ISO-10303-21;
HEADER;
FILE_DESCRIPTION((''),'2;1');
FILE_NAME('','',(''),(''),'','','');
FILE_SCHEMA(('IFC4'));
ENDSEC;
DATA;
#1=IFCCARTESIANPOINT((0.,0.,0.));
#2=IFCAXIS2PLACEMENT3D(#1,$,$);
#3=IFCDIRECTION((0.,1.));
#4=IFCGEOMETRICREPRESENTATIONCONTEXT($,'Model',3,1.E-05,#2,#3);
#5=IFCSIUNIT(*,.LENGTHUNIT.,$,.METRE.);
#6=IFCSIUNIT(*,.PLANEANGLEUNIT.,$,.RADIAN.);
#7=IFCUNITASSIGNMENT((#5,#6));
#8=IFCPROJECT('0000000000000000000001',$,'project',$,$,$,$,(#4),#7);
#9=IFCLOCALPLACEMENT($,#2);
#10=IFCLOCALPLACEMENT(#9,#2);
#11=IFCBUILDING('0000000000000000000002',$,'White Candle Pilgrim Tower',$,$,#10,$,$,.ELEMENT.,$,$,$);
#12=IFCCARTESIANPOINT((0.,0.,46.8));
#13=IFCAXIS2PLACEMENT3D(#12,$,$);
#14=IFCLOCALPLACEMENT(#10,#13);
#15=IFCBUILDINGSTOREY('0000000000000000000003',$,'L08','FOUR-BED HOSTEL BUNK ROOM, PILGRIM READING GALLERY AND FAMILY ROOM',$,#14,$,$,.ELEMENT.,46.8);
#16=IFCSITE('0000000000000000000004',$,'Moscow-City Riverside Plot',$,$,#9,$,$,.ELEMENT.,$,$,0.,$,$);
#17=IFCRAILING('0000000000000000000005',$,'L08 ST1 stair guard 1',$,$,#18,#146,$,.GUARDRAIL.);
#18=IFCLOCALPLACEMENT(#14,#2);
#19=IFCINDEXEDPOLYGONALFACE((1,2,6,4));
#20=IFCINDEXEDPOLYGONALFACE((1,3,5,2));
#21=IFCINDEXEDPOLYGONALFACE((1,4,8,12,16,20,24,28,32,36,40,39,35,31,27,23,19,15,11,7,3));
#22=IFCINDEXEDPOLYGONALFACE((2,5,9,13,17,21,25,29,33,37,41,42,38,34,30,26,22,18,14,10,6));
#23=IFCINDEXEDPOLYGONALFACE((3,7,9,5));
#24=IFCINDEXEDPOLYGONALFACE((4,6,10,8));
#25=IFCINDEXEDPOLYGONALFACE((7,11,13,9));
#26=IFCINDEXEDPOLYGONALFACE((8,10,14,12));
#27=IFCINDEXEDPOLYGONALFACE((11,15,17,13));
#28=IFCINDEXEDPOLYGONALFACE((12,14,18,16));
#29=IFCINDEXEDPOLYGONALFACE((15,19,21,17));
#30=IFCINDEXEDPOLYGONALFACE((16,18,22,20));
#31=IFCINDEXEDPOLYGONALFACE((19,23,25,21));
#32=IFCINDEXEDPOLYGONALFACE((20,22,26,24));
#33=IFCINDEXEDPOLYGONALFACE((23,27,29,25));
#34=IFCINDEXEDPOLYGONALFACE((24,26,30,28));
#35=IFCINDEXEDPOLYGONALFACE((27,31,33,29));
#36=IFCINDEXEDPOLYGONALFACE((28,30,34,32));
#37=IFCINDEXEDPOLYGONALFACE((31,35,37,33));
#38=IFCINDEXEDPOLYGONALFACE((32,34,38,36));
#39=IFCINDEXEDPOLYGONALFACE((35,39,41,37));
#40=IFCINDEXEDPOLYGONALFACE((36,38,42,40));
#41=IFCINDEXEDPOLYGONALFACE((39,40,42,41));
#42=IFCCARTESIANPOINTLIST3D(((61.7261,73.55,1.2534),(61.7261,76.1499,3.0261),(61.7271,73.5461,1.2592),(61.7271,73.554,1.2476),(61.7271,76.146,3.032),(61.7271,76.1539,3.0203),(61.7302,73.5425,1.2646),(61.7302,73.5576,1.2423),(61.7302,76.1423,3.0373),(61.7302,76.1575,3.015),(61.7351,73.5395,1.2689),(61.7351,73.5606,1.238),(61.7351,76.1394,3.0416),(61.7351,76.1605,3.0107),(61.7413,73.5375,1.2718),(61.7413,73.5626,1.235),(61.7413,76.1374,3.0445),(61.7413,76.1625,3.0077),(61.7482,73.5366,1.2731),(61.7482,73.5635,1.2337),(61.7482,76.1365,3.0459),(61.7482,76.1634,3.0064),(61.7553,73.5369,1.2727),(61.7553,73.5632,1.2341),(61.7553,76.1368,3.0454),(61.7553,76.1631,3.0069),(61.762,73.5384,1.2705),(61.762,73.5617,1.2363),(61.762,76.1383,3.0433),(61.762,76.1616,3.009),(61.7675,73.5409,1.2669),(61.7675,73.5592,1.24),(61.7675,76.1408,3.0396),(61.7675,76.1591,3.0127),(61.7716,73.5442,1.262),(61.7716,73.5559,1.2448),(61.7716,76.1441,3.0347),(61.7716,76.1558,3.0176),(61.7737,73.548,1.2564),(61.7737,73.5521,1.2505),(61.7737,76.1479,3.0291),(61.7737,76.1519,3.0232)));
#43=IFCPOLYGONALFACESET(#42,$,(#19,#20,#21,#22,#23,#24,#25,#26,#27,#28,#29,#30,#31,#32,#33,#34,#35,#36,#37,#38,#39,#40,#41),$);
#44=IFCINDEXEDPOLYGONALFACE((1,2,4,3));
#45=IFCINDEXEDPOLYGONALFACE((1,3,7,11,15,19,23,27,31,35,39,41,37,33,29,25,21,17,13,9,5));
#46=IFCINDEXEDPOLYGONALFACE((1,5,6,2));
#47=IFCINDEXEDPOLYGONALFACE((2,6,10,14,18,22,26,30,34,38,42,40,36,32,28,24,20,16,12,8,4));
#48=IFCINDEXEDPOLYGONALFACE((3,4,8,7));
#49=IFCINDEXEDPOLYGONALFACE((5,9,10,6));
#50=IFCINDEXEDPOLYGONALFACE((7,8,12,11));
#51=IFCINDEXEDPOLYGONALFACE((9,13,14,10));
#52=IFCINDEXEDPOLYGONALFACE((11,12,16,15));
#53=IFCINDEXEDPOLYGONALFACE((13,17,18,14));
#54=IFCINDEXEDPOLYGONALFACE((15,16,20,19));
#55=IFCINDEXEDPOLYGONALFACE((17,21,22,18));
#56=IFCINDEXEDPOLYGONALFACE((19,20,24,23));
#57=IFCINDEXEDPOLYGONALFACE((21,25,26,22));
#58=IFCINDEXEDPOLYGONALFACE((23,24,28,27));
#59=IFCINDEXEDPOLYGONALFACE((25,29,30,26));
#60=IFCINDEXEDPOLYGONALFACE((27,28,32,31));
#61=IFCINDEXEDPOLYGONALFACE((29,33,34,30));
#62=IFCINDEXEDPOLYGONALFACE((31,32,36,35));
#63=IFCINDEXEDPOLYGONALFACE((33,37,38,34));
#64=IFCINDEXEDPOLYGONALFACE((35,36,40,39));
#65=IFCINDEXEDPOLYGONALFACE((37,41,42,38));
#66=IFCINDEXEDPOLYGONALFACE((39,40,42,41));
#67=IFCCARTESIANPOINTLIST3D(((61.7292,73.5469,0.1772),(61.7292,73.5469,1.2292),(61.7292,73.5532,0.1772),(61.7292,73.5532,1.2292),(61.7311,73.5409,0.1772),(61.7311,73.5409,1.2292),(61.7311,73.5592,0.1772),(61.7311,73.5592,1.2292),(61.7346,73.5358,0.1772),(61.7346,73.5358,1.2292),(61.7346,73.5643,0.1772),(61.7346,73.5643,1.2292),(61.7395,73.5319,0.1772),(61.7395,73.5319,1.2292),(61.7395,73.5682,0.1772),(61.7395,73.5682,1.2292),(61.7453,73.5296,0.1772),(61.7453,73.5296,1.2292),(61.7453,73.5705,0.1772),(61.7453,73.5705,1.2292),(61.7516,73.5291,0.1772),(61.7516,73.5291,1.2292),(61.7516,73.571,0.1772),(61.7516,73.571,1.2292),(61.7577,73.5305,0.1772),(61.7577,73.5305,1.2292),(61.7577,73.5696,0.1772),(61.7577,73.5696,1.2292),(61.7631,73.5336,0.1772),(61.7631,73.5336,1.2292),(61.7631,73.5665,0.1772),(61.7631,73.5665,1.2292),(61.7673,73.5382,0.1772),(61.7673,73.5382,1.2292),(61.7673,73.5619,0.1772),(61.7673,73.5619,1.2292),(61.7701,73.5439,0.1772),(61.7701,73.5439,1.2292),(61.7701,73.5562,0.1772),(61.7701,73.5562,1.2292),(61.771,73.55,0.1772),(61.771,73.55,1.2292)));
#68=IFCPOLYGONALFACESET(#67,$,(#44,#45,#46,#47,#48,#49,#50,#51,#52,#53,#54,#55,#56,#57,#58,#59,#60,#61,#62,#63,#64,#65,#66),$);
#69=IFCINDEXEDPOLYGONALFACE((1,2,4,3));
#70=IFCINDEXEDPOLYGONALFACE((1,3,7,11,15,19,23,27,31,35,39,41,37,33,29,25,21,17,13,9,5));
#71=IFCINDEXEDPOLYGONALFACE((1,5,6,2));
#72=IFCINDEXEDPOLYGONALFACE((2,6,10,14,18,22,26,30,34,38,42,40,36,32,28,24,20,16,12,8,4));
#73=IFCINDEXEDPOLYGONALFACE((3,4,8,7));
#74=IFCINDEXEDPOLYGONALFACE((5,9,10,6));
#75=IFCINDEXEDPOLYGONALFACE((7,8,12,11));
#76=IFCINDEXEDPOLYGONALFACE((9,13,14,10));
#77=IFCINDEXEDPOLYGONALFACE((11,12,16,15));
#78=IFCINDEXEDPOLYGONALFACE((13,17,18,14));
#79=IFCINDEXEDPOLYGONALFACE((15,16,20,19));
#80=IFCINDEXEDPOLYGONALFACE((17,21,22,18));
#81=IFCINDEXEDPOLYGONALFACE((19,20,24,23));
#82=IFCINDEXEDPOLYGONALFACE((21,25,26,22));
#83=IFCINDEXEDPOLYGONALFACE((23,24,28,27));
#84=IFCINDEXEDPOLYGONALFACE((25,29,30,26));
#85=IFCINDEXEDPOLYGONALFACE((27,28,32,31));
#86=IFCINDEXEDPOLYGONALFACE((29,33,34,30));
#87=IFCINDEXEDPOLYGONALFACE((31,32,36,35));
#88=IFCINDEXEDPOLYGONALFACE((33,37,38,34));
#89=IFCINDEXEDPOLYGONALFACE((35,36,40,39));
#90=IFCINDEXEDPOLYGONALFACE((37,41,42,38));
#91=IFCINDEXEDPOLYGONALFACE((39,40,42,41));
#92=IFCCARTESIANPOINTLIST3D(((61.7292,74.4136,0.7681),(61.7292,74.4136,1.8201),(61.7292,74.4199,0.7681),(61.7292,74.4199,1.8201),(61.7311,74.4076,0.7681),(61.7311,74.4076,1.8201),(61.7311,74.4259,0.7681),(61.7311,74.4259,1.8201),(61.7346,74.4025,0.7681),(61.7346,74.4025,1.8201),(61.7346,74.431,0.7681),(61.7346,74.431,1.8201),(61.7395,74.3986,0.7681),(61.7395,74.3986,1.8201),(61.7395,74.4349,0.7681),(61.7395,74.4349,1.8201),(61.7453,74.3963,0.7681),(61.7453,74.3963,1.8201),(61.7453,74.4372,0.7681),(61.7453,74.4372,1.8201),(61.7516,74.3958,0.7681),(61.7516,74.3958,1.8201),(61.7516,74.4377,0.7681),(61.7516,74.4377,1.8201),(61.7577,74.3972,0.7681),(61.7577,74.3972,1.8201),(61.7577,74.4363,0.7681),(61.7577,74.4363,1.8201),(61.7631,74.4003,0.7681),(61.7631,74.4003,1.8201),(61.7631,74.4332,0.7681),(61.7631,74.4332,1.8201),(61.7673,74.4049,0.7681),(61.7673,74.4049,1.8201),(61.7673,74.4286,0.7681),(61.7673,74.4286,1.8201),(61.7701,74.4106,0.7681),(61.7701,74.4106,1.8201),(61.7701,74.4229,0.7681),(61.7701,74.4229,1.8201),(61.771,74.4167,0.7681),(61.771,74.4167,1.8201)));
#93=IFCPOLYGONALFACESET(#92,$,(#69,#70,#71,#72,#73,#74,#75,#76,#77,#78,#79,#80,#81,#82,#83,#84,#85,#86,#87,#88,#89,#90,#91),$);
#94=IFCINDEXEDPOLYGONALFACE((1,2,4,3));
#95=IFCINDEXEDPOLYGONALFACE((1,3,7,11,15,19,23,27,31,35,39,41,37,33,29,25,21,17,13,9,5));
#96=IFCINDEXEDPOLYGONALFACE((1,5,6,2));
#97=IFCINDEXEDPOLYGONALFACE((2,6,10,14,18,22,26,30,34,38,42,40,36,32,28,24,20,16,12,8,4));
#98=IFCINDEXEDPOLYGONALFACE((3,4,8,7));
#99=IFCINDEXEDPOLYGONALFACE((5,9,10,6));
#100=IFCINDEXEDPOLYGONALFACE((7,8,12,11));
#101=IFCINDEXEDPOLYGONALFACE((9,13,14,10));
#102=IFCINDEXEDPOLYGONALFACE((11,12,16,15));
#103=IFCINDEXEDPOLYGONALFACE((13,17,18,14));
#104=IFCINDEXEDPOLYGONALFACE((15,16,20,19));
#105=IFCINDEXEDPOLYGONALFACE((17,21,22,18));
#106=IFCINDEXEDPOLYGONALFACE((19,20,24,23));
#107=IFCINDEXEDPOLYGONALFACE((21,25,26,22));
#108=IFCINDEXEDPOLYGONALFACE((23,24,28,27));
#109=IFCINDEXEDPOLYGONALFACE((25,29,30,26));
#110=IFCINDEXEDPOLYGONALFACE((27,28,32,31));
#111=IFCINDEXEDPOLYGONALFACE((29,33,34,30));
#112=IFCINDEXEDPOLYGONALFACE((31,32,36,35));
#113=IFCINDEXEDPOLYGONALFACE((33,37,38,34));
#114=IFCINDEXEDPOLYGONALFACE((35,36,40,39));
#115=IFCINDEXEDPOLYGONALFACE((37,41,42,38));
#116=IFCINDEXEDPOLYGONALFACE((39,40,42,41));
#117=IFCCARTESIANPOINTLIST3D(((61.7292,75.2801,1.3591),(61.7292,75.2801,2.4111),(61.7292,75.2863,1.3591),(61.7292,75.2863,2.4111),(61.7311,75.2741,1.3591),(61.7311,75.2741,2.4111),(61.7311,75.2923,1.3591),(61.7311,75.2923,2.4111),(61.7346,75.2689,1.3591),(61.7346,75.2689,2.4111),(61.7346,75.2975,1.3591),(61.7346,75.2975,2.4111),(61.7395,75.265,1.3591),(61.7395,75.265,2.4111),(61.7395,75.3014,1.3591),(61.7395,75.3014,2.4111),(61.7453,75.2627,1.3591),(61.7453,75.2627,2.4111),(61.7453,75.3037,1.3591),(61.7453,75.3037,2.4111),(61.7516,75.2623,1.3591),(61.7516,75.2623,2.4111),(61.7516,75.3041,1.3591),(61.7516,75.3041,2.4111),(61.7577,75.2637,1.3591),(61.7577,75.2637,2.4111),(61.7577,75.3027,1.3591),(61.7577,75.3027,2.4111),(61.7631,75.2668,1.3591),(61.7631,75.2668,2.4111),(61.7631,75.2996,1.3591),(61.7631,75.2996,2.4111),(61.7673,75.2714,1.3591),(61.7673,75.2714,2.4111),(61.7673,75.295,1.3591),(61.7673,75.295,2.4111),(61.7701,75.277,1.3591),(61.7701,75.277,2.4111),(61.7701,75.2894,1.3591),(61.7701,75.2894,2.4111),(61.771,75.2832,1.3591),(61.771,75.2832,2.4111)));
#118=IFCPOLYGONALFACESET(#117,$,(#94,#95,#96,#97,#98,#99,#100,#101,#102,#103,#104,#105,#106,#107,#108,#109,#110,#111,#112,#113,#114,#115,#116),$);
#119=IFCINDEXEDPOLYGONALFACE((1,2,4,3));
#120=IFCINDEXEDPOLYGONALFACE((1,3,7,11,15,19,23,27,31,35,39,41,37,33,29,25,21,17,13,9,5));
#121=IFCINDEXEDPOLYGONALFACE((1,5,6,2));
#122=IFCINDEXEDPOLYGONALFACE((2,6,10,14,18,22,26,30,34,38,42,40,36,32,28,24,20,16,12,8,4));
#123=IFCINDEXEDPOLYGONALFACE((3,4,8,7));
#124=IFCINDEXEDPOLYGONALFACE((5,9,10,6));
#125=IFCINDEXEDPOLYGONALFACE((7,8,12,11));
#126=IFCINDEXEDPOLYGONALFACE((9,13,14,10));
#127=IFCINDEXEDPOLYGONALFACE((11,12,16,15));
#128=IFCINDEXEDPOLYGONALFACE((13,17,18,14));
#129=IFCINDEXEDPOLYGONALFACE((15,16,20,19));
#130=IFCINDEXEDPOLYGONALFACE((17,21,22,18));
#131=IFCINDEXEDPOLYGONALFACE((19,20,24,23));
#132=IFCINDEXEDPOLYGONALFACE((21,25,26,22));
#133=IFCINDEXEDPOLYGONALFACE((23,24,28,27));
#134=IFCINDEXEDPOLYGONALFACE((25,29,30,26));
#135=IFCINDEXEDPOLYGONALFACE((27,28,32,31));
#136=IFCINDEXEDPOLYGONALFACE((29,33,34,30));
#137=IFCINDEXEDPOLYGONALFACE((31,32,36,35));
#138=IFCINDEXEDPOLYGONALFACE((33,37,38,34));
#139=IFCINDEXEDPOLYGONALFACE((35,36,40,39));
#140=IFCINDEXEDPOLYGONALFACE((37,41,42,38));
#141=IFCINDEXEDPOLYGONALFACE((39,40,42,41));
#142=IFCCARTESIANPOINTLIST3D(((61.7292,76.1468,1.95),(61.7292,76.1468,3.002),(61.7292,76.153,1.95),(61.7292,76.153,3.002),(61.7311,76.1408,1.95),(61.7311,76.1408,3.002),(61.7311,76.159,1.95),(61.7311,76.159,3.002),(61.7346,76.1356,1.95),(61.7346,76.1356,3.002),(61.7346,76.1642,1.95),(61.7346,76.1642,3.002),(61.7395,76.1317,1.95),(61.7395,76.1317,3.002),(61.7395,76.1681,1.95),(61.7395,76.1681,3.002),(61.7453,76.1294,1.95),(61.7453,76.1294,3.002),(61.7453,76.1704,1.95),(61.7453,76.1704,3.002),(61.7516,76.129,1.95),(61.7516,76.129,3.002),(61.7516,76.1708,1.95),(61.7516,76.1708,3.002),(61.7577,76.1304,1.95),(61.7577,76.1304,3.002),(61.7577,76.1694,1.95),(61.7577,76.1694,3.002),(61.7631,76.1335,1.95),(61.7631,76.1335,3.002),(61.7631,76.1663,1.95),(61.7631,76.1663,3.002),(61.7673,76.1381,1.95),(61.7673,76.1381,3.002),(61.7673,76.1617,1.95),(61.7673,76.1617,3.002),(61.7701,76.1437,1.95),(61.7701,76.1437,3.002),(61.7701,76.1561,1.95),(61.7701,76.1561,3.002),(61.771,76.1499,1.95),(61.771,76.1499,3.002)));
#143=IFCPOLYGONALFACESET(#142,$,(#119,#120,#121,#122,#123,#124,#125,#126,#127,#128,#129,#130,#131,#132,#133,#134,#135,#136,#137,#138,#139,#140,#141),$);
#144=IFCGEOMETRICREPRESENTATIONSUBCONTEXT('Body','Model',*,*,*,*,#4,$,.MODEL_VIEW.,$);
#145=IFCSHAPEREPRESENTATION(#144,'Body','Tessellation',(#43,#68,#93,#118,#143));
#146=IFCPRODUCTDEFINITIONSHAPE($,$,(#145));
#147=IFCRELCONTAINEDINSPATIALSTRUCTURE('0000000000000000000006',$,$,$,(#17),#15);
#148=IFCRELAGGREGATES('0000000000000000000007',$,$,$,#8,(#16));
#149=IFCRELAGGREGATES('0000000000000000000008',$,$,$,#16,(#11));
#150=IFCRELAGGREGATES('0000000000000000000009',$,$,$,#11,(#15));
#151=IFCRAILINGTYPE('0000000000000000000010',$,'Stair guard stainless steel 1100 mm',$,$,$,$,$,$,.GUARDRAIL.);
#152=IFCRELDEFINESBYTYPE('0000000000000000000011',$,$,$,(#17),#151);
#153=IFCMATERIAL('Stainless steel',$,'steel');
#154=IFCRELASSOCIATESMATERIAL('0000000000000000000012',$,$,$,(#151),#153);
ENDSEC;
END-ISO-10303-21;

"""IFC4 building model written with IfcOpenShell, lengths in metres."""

from ifc_helpers import new_model, si_unit, direction, frame, origin, origin_2d, place, context, subcontext, project, spatial, circle, extrude, material, type_object, element, save


model = new_model("IFC4")

# Units and contexts
model_context = context("Model", 3, precision=1e-05, world=origin(), true_north=direction((0.0, 1.0)))
body_context = subcontext(model_context, "Body", "Model", "MODEL_VIEW")
ifc_project = project(units=[si_unit("LENGTHUNIT", "METRE"), si_unit("PLANEANGLEUNIT", "RADIAN")], contexts=[model_context])

# Site, building, storey
site_placement = place(None, origin())
site = spatial("IfcSite", under=ifc_project, at=site_placement, Name="Moscow-City Riverside Plot", CompositionType="ELEMENT", RefElevation=0.0)
building_placement = place(site_placement, origin())
building = spatial("IfcBuilding", under=site, at=building_placement, Name="White Candle Pilgrim Tower", CompositionType="ELEMENT")
storey_placement = place(building_placement, frame((0.0, 0.0, 46.8)))
storey = spatial("IfcBuildingStorey", under=building, at=storey_placement, Name="L08", Description="FOUR-BED HOSTEL BUNK ROOM, PILGRIM READING GALLERY AND FAMILY ROOM", CompositionType="ELEMENT", Elevation=46.8)

# Railing
ifc_material_1 = material(Name="Stainless steel", Category="steel")
railing_type_1 = type_object("IfcRailingType", Name="Stair guard stainless steel 1100 mm", PredefinedType="GUARDRAIL", material=ifc_material_1)
railing_1_placement = place(storey_placement, frame((61.75, 73.55, 0.1772)))
element("IfcRailing", 1, at=railing_1_placement, inside=storey, type_object=railing_type_1, Name="L08 ST1 stair guard 1", PredefinedType="GUARDRAIL", context=body_context, shape_type="SweptSolid", body=[
    extrude(circle(Radius=0.0239, at=origin_2d()), frame((0.0, 0.0, 1.0762), z_axis=(0.0, 0.826216, 0.563354), x_axis=(-1.0, 0.0, 0.0)), (0.0, 0.0, 1.0), 3.1467),
    extrude(circle(Radius=0.021, at=origin_2d()), origin(), (0.0, 0.0, 1.0), 1.052),
    extrude(circle(Radius=0.021, at=origin_2d()), frame((0.0, 0.8667, 0.5908)), (0.0, 0.0, 1.0), 1.052),
    extrude(circle(Radius=0.021, at=origin_2d()), frame((0.0, 1.7332, 1.1819)), (0.0, 0.0, 1.0), 1.052),
    extrude(circle(Radius=0.021, at=origin_2d()), frame((0.0, 2.5999, 1.7727)), (0.0, 0.0, 1.0), 1.052),
])

save(model, "model.ifc")
